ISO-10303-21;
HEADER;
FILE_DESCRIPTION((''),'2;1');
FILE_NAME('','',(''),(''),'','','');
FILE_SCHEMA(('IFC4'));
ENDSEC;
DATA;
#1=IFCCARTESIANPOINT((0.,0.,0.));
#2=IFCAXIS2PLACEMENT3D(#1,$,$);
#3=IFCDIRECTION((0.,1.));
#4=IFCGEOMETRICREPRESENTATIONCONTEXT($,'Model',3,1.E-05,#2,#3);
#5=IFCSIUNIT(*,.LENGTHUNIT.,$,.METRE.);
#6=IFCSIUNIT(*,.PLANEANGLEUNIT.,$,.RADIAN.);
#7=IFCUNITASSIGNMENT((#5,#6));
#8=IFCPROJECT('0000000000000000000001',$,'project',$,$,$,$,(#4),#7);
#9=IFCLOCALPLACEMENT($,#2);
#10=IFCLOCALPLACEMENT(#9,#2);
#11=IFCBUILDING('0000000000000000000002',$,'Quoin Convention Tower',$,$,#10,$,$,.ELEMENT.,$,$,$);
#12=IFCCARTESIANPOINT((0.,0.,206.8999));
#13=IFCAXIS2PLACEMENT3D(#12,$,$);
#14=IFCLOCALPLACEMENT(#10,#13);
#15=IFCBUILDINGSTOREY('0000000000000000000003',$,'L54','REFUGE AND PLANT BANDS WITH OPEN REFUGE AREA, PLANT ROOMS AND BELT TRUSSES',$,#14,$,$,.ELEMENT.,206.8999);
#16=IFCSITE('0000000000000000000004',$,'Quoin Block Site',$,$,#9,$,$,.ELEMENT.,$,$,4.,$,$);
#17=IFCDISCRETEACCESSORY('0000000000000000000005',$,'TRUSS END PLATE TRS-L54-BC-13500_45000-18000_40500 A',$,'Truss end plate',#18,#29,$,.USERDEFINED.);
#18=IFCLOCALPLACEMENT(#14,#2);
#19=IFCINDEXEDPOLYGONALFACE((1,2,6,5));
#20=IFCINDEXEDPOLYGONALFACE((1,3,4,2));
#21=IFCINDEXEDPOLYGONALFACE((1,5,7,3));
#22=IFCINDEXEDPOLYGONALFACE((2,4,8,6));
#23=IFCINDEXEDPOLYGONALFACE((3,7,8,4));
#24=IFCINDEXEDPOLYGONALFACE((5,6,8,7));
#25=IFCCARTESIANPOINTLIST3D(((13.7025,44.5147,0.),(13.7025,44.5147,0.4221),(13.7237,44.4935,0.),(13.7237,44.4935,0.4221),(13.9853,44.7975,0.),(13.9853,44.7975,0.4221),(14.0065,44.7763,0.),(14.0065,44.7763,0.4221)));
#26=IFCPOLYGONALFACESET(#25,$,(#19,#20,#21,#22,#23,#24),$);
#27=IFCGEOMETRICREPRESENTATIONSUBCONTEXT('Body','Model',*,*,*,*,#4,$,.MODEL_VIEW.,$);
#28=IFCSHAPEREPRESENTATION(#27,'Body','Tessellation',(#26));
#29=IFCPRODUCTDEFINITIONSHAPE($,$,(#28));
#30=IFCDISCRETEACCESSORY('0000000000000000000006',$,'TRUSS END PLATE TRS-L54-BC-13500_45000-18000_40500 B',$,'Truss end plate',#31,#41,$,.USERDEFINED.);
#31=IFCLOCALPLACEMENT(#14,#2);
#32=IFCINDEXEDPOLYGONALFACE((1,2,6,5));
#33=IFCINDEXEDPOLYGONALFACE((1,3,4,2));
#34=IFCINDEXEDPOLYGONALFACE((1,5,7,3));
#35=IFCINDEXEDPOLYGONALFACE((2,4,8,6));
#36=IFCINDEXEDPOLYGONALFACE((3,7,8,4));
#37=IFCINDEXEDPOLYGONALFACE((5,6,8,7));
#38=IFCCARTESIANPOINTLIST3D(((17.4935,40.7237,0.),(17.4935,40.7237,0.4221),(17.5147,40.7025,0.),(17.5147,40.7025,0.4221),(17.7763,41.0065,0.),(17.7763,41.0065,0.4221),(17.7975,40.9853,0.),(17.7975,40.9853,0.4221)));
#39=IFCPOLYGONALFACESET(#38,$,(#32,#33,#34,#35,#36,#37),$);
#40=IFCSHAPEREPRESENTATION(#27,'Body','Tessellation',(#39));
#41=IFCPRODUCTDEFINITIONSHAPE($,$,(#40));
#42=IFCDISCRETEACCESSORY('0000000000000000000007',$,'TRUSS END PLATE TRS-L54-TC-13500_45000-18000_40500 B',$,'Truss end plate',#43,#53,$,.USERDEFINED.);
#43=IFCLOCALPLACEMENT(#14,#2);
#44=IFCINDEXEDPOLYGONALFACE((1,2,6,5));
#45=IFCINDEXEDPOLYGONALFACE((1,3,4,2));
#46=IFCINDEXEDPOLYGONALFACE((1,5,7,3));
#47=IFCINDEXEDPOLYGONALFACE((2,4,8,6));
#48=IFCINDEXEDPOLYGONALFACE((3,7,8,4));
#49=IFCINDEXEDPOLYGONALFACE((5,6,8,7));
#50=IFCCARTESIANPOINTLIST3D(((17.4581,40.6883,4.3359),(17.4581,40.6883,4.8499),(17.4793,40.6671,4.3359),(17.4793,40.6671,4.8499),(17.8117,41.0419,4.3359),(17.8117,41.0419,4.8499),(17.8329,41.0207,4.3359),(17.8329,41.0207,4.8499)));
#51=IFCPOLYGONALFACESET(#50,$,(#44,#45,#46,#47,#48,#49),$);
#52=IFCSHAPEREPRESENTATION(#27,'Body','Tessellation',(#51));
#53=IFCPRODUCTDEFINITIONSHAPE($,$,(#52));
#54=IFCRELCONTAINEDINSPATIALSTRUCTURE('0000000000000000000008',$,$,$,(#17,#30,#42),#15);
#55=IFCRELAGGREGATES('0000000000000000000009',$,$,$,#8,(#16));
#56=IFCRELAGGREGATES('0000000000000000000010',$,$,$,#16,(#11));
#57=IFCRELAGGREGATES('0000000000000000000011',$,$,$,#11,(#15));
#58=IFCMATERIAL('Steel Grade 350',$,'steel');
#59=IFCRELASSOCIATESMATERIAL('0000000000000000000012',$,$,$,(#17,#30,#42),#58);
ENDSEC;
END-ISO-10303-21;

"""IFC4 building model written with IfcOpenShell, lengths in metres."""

from ifc_helpers import new_model, si_unit, direction, frame, origin, origin_2d, place, context, subcontext, project, spatial, rectangle, extrude, material, element, save


model = new_model("IFC4")

# Units and contexts
model_context = context("Model", 3, precision=1e-05, world=origin(), true_north=direction((0.0, 1.0)))
body_context = subcontext(model_context, "Body", "Model", "MODEL_VIEW")
ifc_project = project(units=[si_unit("LENGTHUNIT", "METRE"), si_unit("PLANEANGLEUNIT", "RADIAN")], contexts=[model_context])

# Site, building, storey
site_placement = place(None, origin())
site = spatial("IfcSite", under=ifc_project, at=site_placement, Name="Quoin Block Site", CompositionType="ELEMENT", RefElevation=4.0)
building_placement = place(site_placement, origin())
building = spatial("IfcBuilding", under=site, at=building_placement, Name="Quoin Convention Tower", CompositionType="ELEMENT")
storey_placement = place(building_placement, frame((0.0, 0.0, 206.8999)))
storey = spatial("IfcBuildingStorey", under=building, at=storey_placement, Name="L54", Description="REFUGE AND PLANT BANDS WITH OPEN REFUGE AREA, PLANT ROOMS AND BELT TRUSSES", CompositionType="ELEMENT", Elevation=206.8999)

# Discrete accessories
ifc_material_1 = material(Name="Steel Grade 350", Category="steel")
for number, where, z_axis, x_axis, name in (
    (1, (13.8545, 44.6455, 0.0), (0.0, 0.0, 1.0), (-0.707107, 0.707107, 0.0), "TRUSS END PLATE TRS-L54-BC-13500_45000-18000_40500 A"),
    (2, (17.6455, 40.8545, 0.0), (0.0, 0.0, 1.0), (0.707107, -0.707107, 0.0), "TRUSS END PLATE TRS-L54-BC-13500_45000-18000_40500 B"),
):
    element("IfcDiscreteAccessory", number, at=place(storey_placement, frame(where, z_axis=z_axis, x_axis=x_axis)), inside=storey, material=ifc_material_1, Name=name, ObjectType="Truss end plate", PredefinedType="USERDEFINED", context=body_context, shape_type="SweptSolid", body=[
        extrude(rectangle(XDim=0.03, YDim=0.3999, at=origin_2d()), origin(), (0.0, 0.0, 1.0), 0.4221),
    ])
discrete_accessory_placement = place(storey_placement, frame((17.6455, 40.8545, 4.3359), z_axis=(0.0, 0.0, 1.0), x_axis=(0.707107, -0.707107, 0.0)))
element("IfcDiscreteAccessory", 3, at=discrete_accessory_placement, inside=storey, material=ifc_material_1, Name="TRUSS END PLATE TRS-L54-TC-13500_45000-18000_40500 B", ObjectType="Truss end plate", PredefinedType="USERDEFINED", context=body_context, shape_type="SweptSolid", body=[
    extrude(rectangle(XDim=0.03, YDim=0.5, at=origin_2d()), origin(), (0.0, 0.0, 1.0), 0.5139),
])

save(model, "model.ifc")
